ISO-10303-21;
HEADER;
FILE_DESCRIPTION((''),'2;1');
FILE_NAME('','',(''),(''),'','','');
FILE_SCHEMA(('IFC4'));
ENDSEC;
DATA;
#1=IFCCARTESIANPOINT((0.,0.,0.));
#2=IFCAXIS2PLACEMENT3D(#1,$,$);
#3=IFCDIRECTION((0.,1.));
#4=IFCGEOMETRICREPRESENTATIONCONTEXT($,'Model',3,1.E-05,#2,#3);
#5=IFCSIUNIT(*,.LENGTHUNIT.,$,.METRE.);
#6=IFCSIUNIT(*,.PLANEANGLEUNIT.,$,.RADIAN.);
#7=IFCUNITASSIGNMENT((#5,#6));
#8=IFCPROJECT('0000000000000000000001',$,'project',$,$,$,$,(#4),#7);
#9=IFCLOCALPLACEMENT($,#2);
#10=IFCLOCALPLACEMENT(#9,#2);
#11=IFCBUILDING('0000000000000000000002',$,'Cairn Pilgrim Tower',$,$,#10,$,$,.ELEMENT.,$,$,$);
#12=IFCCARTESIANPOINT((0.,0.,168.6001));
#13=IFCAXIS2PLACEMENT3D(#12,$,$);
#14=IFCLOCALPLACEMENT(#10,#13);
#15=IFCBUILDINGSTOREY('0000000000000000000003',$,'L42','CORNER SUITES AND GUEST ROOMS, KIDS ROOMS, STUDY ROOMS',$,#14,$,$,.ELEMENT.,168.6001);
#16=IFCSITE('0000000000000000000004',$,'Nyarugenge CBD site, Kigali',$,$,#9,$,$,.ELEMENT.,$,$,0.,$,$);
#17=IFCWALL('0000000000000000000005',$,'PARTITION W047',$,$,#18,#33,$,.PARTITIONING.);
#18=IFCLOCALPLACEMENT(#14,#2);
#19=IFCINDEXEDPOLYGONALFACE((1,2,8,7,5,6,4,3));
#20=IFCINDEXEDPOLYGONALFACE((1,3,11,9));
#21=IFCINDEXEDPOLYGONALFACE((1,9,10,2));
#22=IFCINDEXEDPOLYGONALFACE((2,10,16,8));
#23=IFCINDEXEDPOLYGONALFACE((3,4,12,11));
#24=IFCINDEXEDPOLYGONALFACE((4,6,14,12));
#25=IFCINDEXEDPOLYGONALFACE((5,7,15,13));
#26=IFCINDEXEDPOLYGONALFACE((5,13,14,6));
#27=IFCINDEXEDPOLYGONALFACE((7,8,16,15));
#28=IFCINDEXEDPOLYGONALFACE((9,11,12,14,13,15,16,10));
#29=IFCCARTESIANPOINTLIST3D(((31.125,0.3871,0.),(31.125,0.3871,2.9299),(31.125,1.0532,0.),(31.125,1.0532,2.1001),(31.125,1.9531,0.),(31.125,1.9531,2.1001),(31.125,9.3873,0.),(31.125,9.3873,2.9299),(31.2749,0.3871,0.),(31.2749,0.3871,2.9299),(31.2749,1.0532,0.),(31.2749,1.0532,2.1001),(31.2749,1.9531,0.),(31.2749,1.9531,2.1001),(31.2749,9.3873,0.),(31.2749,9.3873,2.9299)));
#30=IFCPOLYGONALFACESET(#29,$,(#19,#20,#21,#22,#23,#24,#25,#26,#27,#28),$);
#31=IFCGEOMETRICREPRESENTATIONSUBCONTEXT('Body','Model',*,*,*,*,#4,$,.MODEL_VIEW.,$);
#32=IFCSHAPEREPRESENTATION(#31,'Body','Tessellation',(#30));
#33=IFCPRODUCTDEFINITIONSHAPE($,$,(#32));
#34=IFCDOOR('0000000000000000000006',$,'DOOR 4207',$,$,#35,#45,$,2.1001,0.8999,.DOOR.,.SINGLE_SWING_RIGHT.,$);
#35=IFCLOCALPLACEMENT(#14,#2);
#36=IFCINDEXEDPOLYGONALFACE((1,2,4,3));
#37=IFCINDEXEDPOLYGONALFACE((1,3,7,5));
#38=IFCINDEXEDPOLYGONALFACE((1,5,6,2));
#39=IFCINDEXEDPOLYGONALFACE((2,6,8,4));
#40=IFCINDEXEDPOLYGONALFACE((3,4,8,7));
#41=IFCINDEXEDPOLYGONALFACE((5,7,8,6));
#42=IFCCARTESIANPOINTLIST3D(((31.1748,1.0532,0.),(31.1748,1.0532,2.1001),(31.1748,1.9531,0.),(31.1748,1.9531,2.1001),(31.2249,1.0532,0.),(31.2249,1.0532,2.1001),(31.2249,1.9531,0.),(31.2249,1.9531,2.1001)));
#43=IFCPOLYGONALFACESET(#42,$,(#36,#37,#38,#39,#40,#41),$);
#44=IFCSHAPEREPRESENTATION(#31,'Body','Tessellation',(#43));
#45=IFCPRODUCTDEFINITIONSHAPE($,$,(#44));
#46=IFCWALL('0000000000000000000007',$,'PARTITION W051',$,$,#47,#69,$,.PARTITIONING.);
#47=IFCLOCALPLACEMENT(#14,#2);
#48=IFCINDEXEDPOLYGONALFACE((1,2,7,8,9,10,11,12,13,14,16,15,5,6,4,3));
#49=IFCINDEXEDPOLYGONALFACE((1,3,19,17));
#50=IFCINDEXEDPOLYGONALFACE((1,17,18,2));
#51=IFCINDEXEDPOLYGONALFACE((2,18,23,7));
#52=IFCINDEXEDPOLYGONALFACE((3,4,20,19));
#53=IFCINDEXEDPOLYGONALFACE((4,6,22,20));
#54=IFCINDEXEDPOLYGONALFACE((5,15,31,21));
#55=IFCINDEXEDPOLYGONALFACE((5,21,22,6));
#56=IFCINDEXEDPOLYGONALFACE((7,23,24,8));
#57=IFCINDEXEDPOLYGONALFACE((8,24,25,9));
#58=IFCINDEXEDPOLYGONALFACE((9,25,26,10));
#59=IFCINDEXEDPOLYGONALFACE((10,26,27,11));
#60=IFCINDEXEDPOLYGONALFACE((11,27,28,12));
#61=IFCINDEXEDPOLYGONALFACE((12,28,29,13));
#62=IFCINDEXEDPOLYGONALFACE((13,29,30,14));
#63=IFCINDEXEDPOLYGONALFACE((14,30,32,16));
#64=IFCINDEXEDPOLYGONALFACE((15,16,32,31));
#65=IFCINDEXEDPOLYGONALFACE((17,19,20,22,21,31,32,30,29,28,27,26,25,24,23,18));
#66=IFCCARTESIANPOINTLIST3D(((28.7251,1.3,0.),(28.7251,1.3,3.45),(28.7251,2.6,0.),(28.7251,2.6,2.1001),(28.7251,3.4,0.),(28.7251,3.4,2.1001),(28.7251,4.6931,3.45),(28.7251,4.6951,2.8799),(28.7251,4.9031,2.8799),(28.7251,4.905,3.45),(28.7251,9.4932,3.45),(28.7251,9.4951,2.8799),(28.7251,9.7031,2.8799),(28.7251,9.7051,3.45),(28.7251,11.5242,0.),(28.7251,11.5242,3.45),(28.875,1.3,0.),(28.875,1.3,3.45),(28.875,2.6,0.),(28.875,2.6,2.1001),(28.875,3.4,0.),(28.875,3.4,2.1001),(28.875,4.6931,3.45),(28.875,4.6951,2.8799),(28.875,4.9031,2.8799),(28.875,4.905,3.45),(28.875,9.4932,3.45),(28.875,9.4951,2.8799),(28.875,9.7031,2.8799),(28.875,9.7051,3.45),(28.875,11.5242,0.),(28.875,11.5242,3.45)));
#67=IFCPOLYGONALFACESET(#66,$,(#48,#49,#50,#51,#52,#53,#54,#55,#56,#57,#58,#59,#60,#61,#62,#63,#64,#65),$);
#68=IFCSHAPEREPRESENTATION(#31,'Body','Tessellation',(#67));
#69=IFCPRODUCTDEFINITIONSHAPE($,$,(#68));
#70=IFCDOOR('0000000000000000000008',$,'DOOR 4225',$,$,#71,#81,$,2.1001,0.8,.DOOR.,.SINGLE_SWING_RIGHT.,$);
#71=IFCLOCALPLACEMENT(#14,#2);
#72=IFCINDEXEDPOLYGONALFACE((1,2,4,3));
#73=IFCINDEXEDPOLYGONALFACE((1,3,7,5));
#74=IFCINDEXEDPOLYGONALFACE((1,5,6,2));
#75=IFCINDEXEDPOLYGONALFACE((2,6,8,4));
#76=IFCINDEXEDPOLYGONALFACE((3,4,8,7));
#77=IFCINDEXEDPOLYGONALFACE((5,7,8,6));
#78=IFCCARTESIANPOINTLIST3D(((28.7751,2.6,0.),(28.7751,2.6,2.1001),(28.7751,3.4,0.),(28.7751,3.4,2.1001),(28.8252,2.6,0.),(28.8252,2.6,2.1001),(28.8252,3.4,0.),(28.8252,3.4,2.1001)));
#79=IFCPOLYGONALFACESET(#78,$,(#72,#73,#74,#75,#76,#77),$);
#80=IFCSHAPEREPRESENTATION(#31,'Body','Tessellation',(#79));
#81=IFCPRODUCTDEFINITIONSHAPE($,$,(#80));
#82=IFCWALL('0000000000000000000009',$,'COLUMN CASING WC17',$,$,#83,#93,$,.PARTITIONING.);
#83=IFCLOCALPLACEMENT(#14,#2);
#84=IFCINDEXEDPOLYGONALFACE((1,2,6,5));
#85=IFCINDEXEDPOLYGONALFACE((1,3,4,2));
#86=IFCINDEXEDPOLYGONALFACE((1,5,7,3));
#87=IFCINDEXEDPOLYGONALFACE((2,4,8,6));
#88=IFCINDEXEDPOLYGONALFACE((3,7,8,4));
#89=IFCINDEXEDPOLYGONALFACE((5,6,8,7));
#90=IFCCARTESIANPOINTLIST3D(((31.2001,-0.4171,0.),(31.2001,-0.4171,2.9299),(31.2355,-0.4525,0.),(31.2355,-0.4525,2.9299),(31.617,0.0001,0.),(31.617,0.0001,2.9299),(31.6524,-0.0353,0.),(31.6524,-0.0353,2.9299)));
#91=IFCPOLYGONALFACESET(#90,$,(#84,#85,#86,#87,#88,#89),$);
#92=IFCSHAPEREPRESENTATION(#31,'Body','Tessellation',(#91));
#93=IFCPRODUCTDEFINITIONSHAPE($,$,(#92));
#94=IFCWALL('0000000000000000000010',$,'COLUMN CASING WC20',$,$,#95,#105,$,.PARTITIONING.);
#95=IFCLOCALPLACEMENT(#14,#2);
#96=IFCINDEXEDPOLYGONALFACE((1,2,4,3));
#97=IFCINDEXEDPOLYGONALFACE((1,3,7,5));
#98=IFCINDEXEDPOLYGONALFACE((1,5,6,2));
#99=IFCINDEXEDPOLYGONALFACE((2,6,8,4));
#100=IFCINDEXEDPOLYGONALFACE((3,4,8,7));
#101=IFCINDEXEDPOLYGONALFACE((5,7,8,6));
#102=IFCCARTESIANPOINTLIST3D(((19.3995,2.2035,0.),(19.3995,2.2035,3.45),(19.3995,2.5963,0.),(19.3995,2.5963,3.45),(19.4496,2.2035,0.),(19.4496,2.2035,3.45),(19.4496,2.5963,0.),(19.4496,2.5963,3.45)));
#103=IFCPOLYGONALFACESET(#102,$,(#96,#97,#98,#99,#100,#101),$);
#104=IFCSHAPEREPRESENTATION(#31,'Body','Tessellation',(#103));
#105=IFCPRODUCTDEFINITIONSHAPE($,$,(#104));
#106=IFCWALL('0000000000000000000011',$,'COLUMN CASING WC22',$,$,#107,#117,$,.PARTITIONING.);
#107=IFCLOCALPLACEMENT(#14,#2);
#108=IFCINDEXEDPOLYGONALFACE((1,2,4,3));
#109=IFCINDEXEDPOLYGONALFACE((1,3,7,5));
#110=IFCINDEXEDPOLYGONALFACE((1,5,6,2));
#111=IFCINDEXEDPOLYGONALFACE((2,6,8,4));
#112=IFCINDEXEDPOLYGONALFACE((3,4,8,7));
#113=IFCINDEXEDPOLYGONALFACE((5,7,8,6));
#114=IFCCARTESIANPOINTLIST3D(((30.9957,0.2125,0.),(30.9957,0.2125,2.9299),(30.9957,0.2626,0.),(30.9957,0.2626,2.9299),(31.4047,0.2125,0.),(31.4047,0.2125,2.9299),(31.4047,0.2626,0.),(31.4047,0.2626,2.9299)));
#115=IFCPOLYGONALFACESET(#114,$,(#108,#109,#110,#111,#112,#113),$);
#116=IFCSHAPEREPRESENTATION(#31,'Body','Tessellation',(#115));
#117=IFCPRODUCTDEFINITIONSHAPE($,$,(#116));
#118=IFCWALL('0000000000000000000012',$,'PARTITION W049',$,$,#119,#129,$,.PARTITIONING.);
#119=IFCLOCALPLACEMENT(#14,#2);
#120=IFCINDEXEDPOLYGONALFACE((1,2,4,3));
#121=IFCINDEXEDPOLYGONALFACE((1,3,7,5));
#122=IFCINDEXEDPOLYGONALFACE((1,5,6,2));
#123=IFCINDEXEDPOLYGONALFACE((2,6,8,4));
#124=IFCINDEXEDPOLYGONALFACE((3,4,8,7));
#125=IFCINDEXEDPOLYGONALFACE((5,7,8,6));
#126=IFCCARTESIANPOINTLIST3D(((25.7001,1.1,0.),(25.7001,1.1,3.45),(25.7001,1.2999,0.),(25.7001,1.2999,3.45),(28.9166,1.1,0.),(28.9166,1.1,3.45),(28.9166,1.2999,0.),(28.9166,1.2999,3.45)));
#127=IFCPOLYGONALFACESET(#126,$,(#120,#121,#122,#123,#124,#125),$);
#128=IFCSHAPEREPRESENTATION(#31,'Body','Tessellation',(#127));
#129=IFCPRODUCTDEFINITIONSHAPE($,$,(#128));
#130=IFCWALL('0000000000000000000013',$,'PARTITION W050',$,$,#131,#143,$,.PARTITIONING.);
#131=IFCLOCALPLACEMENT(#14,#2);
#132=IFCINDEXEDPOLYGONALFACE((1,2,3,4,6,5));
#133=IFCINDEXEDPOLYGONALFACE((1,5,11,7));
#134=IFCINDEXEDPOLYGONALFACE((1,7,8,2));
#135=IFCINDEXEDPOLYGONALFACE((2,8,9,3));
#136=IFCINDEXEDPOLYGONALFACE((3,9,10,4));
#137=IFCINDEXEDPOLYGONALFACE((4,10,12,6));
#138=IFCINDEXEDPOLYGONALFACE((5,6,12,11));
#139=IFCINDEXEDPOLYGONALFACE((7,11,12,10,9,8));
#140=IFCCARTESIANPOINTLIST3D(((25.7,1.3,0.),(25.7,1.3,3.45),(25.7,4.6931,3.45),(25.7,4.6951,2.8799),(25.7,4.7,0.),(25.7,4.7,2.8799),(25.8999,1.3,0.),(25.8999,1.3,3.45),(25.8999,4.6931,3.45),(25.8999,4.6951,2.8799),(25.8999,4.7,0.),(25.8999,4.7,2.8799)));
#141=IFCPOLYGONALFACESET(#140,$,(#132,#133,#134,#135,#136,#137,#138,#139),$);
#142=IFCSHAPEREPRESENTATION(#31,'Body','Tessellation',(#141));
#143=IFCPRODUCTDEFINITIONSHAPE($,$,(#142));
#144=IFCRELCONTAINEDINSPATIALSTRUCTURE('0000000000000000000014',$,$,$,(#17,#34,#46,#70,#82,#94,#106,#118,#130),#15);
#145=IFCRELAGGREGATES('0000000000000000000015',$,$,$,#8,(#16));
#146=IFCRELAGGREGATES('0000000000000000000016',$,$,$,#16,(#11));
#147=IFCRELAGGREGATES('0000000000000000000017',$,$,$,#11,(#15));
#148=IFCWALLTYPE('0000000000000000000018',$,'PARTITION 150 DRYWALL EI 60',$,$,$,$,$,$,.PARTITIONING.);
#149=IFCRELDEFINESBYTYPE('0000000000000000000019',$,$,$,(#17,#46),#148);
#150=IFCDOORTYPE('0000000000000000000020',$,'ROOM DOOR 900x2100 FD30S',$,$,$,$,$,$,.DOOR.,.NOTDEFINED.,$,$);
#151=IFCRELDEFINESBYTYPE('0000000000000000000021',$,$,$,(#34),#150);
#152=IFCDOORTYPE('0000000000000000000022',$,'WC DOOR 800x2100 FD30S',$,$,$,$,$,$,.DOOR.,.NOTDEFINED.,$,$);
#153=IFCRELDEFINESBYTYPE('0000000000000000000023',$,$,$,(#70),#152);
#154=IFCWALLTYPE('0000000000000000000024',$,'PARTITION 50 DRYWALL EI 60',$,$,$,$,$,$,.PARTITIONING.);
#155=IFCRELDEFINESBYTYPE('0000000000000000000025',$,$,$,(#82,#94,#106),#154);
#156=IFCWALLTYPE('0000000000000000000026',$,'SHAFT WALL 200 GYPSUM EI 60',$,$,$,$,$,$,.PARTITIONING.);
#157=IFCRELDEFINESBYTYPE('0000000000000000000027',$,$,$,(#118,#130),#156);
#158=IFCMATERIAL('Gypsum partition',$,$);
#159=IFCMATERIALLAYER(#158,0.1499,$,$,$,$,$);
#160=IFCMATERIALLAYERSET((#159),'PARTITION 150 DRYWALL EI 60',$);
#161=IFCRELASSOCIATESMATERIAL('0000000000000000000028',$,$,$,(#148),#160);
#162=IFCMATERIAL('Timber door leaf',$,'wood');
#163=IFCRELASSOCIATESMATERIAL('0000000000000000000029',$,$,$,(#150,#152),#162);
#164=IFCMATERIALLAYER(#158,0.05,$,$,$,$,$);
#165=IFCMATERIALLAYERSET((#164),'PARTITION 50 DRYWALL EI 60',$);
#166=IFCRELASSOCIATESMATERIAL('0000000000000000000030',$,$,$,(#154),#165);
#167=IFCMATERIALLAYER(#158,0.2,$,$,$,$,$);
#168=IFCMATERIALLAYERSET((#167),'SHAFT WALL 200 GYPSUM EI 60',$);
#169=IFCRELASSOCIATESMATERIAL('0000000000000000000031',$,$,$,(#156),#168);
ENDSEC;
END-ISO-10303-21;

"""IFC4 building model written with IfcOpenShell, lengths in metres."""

from ifc_helpers import new_model, si_unit, direction, frame, frame_2d, origin, place, context, subcontext, project, spatial, polyline, rectangle, outline, extrude, material, layer, layer_set, type_object, element, fill, save


model = new_model("IFC4")

# Units and contexts
model_context = context("Model", 3, precision=1e-05, world=origin(), true_north=direction((0.0, 1.0)))
body_context = subcontext(model_context, "Body", "Model", "MODEL_VIEW")
ifc_project = project(units=[si_unit("LENGTHUNIT", "METRE"), si_unit("PLANEANGLEUNIT", "RADIAN")], contexts=[model_context])

# Site, building, storey
site_placement = place(None, origin())
site = spatial("IfcSite", under=ifc_project, at=site_placement, Name="Nyarugenge CBD site, Kigali", CompositionType="ELEMENT", RefElevation=0.0)
building_placement = place(site_placement, origin())
building = spatial("IfcBuilding", under=site, at=building_placement, Name="Cairn Pilgrim Tower", CompositionType="ELEMENT")
storey_placement = place(building_placement, frame((0.0, 0.0, 168.6001)))
storey = spatial("IfcBuildingStorey", under=building, at=storey_placement, Name="L42", Description="CORNER SUITES AND GUEST ROOMS, KIDS ROOMS, STUDY ROOMS", CompositionType="ELEMENT", Elevation=168.6001)

# Shared definitions
ifc_material_1 = material(Name="Gypsum partition")
ifc_layer_1 = layer(ifc_material_1, 0.1499)
ifc_layer_set_1 = layer_set([ifc_layer_1], Name="PARTITION 150 DRYWALL EI 60")
wall_type_1 = type_object("IfcWallType", Name="PARTITION 150 DRYWALL EI 60", PredefinedType="PARTITIONING", material=ifc_layer_set_1)

# Shared definitions
ifc_material_2 = material(Name="Timber door leaf", Category="wood")
door_type_1 = type_object("IfcDoorType", Name="ROOM DOOR 900x2100 FD30S", OperationType="NOTDEFINED", PredefinedType="DOOR", material=ifc_material_2)

# Walls, openings, doors
wall_1_placement = place(storey_placement, frame((31.2, 0.3872, 0.0), z_axis=(0.0, 0.0, 1.0), x_axis=(0.0, 1.0, 0.0)))
wall_1 = element("IfcWall", 1, at=wall_1_placement, inside=storey, type_object=wall_type_1, Name="PARTITION W047", PredefinedType="PARTITIONING", context=body_context, shape_type="SweptSolid", body=[
    extrude(rectangle(XDim=9.0002, YDim=0.1499, at=frame_2d((4.5, 0.0))), origin(), (0.0, 0.0, 1.0), 2.9299),
])
opening_1_placement = place(wall_1_placement, frame((0.666, 0.0, 0.0)))
opening_1 = element("IfcOpeningElement", 2, at=opening_1_placement, cuts=wall_1, PredefinedType="OPENING", context=body_context, shape_type="SweptSolid", body=[
    extrude(rectangle(XDim=0.8999, YDim=2.1001, at=frame_2d((0.45, 1.05))), frame((0.0, 0.085, 0.0), z_axis=(0.0, -1.0, 0.0), x_axis=(1.0, 0.0, 0.0)), (0.0, 0.0, 1.0), 0.1699),
])
door_1_placement = place(opening_1_placement, frame((0.8999, 0.0, 0.0), z_axis=(0.0, 0.0, 1.0), x_axis=(-1.0, 0.0, 0.0)))
door_1 = element("IfcDoor", 3, at=door_1_placement, inside=storey, type_object=door_type_1, Name="DOOR 4207", OperationType="SINGLE_SWING_RIGHT", OverallHeight=2.1001, OverallWidth=0.8999, PredefinedType="DOOR", context=body_context, shape_type="SweptSolid", body=[
    extrude(rectangle(XDim=0.8999, YDim=2.1001, at=frame_2d((0.45, 1.05))), frame((0.0, 0.0249, 0.0), z_axis=(0.0, -1.0, 0.0), x_axis=(1.0, 0.0, 0.0)), (0.0, 0.0, 1.0), 0.05),
])
fill(opening_1, door_1)
wall_2_placement = place(storey_placement, frame((28.8, 1.3, 0.0), z_axis=(0.0, 0.0, 1.0), x_axis=(0.0, 1.0, 0.0)))
wall_2 = element("IfcWall", 4, at=wall_2_placement, inside=storey, type_object=wall_type_1, Name="PARTITION W051", PredefinedType="PARTITIONING", context=body_context, shape_type="SweptSolid", body=[
    extrude(outline(polyline([(0.0, 0.0), (10.2241, 0.0), (10.2241, 3.45), (8.405, 3.45), (8.4031, 2.8799), (8.1951, 2.8799), (8.1931, 3.45), (3.605, 3.45), (3.603, 2.8799), (3.395, 2.8799), (3.3931, 3.45), (0.0, 3.45), (0.0, 0.0)])), frame((0.0, 0.075, 0.0), z_axis=(0.0, -1.0, 0.0), x_axis=(1.0, 0.0, 0.0)), (0.0, 0.0, 1.0), 0.1499),
])
opening_2_placement = place(wall_2_placement, frame((1.3, 0.0, 0.0)))
opening_2 = element("IfcOpeningElement", 5, at=opening_2_placement, cuts=wall_2, PredefinedType="OPENING", context=body_context, shape_type="SweptSolid", body=[
    extrude(rectangle(XDim=0.8, YDim=2.1001, at=frame_2d((0.3999, 1.05))), frame((0.0, 0.085, 0.0), z_axis=(0.0, -1.0, 0.0), x_axis=(1.0, 0.0, 0.0)), (0.0, 0.0, 1.0), 0.1699),
])
door_type_2 = type_object("IfcDoorType", Name="WC DOOR 800x2100 FD30S", OperationType="NOTDEFINED", PredefinedType="DOOR", material=ifc_material_2)
door_2_placement = place(opening_2_placement, origin())
door_2 = element("IfcDoor", 6, at=door_2_placement, inside=storey, type_object=door_type_2, Name="DOOR 4225", OperationType="SINGLE_SWING_RIGHT", OverallHeight=2.1001, OverallWidth=0.8, PredefinedType="DOOR", context=body_context, shape_type="SweptSolid", body=[
    extrude(rectangle(XDim=0.8, YDim=2.1001, at=frame_2d((0.3999, 1.05))), frame((0.0, 0.0249, 0.0), z_axis=(0.0, -1.0, 0.0), x_axis=(1.0, 0.0, 0.0)), (0.0, 0.0, 1.0), 0.05),
])
fill(opening_2, door_2)

# Walls
ifc_layer_2 = layer(ifc_material_1, 0.05)
ifc_layer_set_2 = layer_set([ifc_layer_2], Name="PARTITION 50 DRYWALL EI 60")
wall_type_2 = type_object("IfcWallType", Name="PARTITION 50 DRYWALL EI 60", PredefinedType="PARTITIONING", material=ifc_layer_set_2)
wall_3_placement = place(storey_placement, frame((31.2178, -0.4348, 0.0), z_axis=(0.0, 0.0, 1.0), x_axis=(0.7069, 0.707314, 0.0)))
element("IfcWall", 7, at=wall_3_placement, inside=storey, type_object=wall_type_2, Name="COLUMN CASING WC17", PredefinedType="PARTITIONING", context=body_context, shape_type="SweptSolid", body=[
    extrude(rectangle(XDim=0.5898, YDim=0.05, at=frame_2d((0.2949, 0.0))), origin(), (0.0, 0.0, 1.0), 2.9299),
])
wall_4_placement = place(storey_placement, frame((19.4246, 2.2036, 0.0), z_axis=(0.0, 0.0, 1.0), x_axis=(0.0, 1.0, 0.0)))
element("IfcWall", 8, at=wall_4_placement, inside=storey, type_object=wall_type_2, Name="COLUMN CASING WC20", PredefinedType="PARTITIONING", context=body_context, shape_type="SweptSolid", body=[
    extrude(rectangle(XDim=0.3928, YDim=0.05, at=frame_2d((0.1963, 0.0))), origin(), (0.0, 0.0, 1.0), 3.45),
])
wall_5_placement = place(storey_placement, frame((30.9956, 0.2375, 0.0), z_axis=(0.0, 0.0, 1.0), x_axis=(1.0, 0.0, 0.0)))
element("IfcWall", 9, at=wall_5_placement, inside=storey, type_object=wall_type_2, Name="COLUMN CASING WC22", PredefinedType="PARTITIONING", context=body_context, shape_type="SweptSolid", body=[
    extrude(rectangle(XDim=0.4089, YDim=0.05, at=frame_2d((0.2046, 0.0))), origin(), (0.0, 0.0, 1.0), 2.9299),
])
ifc_layer_3 = layer(ifc_material_1, 0.2)
ifc_layer_set_3 = layer_set([ifc_layer_3], Name="SHAFT WALL 200 GYPSUM EI 60")
wall_type_3 = type_object("IfcWallType", Name="SHAFT WALL 200 GYPSUM EI 60", PredefinedType="PARTITIONING", material=ifc_layer_set_3)
wall_6_placement = place(storey_placement, frame((25.7, 1.2, 0.0), z_axis=(0.0, 0.0, 1.0), x_axis=(1.0, 0.0, 0.0)))
element("IfcWall", 10, at=wall_6_placement, inside=storey, type_object=wall_type_3, Name="PARTITION W049", PredefinedType="PARTITIONING", context=body_context, shape_type="SweptSolid", body=[
    extrude(rectangle(XDim=3.2166, YDim=0.2, at=frame_2d((1.6084, 0.0))), origin(), (0.0, 0.0, 1.0), 3.45),
])
wall_7_placement = place(storey_placement, frame((25.8, 1.3, 0.0), z_axis=(0.0, 0.0, 1.0), x_axis=(0.0, 1.0, 0.0)))
element("IfcWall", 11, at=wall_7_placement, inside=storey, type_object=wall_type_3, Name="PARTITION W050", PredefinedType="PARTITIONING", context=body_context, shape_type="SweptSolid", body=[
    extrude(outline(polyline([(0.0, 0.0), (3.3999, 0.0), (3.3999, 2.8799), (3.395, 2.8799), (3.3931, 3.45), (0.0, 3.45), (0.0, 0.0)])), frame((0.0, 0.1001, 0.0), z_axis=(0.0, -1.0, 0.0), x_axis=(1.0, 0.0, 0.0)), (0.0, 0.0, 1.0), 0.2),
])

save(model, "model.ifc")
